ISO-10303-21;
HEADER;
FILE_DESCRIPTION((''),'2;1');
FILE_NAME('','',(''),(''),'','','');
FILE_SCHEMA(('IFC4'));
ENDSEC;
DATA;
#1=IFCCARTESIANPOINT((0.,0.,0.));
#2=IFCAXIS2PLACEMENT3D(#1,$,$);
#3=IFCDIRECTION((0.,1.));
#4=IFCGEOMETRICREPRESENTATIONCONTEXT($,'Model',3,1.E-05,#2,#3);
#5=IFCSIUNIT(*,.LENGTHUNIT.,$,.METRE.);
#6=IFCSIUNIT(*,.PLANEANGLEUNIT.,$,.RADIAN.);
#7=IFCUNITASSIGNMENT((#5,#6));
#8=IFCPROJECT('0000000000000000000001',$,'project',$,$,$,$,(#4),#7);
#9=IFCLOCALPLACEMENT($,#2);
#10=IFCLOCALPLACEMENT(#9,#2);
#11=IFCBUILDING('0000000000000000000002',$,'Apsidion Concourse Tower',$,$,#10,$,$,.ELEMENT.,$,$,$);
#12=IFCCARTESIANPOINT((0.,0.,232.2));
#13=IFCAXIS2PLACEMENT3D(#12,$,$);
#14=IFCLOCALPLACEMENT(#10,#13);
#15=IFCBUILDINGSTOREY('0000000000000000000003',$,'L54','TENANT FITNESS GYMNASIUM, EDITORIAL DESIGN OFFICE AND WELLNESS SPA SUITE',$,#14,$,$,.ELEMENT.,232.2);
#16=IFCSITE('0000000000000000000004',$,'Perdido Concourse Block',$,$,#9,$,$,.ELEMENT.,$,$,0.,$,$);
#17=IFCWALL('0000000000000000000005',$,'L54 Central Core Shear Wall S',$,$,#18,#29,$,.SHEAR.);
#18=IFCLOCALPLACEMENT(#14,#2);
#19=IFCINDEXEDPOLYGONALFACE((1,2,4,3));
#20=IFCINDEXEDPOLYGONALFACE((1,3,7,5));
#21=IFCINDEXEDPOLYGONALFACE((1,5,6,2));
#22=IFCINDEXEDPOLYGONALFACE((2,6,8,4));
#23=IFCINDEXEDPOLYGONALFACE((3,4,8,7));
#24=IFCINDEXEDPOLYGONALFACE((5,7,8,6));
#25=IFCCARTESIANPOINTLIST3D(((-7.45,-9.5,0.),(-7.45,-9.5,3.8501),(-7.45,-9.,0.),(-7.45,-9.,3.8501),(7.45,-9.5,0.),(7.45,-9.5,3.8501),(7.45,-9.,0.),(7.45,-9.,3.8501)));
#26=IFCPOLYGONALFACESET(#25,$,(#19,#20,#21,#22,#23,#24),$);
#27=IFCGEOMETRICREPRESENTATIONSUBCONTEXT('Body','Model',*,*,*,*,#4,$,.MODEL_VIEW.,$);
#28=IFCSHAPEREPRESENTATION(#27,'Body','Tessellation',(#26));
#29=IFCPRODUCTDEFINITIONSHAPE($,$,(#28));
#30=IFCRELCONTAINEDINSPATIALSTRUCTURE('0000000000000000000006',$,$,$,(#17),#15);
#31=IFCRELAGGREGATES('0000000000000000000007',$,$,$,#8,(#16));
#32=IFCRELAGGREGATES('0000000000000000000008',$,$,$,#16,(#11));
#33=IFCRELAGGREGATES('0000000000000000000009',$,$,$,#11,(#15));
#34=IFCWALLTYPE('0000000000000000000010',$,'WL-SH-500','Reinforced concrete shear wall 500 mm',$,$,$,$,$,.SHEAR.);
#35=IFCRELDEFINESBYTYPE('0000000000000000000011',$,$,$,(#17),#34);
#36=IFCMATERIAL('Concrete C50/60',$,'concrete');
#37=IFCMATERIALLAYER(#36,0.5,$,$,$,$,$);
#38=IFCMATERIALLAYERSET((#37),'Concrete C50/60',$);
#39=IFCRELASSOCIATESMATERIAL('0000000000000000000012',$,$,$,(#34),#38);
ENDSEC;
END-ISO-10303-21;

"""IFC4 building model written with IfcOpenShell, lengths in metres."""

from ifc_helpers import new_model, si_unit, direction, frame, frame_2d, origin, place, context, subcontext, project, spatial, rectangle, extrude, material, layer, layer_set, type_object, element, save


model = new_model("IFC4")

# Units and contexts
model_context = context("Model", 3, precision=1e-05, world=origin(), true_north=direction((0.0, 1.0)))
body_context = subcontext(model_context, "Body", "Model", "MODEL_VIEW")
ifc_project = project(units=[si_unit("LENGTHUNIT", "METRE"), si_unit("PLANEANGLEUNIT", "RADIAN")], contexts=[model_context])

# Site, building, storey
site_placement = place(None, origin())
site = spatial("IfcSite", under=ifc_project, at=site_placement, Name="Perdido Concourse Block", CompositionType="ELEMENT", RefElevation=0.0)
building_placement = place(site_placement, origin())
building = spatial("IfcBuilding", under=site, at=building_placement, Name="Apsidion Concourse Tower", CompositionType="ELEMENT")
storey_placement = place(building_placement, frame((0.0, 0.0, 232.2)))
storey = spatial("IfcBuildingStorey", under=building, at=storey_placement, Name="L54", Description="TENANT FITNESS GYMNASIUM, EDITORIAL DESIGN OFFICE AND WELLNESS SPA SUITE", CompositionType="ELEMENT", Elevation=232.2)

# Shared definitions
ifc_material_1 = material(Name="Concrete C50/60", Category="concrete")

# Shared definitions
ifc_layer_1 = layer(ifc_material_1, 0.5)
ifc_layer_set_1 = layer_set([ifc_layer_1], Name="Concrete C50/60")
wall_type_1 = type_object("IfcWallType", Name="WL-SH-500", Description="Reinforced concrete shear wall 500 mm", PredefinedType="SHEAR", material=ifc_layer_set_1)

# Wall
wall_1_placement = place(storey_placement, frame((-7.45, -9.25, 0.0), z_axis=(0.0, 0.0, 1.0), x_axis=(1.0, 0.0, 0.0)))
element("IfcWall", 1, at=wall_1_placement, inside=storey, type_object=wall_type_1, Name="L54 Central Core Shear Wall S", PredefinedType="SHEAR", context=body_context, shape_type="SweptSolid", body=[
    extrude(rectangle(XDim=14.8999, YDim=0.5, at=frame_2d((7.45, 0.0))), origin(), (0.0, 0.0, 1.0), 3.8501),
])

save(model, "model.ifc")
